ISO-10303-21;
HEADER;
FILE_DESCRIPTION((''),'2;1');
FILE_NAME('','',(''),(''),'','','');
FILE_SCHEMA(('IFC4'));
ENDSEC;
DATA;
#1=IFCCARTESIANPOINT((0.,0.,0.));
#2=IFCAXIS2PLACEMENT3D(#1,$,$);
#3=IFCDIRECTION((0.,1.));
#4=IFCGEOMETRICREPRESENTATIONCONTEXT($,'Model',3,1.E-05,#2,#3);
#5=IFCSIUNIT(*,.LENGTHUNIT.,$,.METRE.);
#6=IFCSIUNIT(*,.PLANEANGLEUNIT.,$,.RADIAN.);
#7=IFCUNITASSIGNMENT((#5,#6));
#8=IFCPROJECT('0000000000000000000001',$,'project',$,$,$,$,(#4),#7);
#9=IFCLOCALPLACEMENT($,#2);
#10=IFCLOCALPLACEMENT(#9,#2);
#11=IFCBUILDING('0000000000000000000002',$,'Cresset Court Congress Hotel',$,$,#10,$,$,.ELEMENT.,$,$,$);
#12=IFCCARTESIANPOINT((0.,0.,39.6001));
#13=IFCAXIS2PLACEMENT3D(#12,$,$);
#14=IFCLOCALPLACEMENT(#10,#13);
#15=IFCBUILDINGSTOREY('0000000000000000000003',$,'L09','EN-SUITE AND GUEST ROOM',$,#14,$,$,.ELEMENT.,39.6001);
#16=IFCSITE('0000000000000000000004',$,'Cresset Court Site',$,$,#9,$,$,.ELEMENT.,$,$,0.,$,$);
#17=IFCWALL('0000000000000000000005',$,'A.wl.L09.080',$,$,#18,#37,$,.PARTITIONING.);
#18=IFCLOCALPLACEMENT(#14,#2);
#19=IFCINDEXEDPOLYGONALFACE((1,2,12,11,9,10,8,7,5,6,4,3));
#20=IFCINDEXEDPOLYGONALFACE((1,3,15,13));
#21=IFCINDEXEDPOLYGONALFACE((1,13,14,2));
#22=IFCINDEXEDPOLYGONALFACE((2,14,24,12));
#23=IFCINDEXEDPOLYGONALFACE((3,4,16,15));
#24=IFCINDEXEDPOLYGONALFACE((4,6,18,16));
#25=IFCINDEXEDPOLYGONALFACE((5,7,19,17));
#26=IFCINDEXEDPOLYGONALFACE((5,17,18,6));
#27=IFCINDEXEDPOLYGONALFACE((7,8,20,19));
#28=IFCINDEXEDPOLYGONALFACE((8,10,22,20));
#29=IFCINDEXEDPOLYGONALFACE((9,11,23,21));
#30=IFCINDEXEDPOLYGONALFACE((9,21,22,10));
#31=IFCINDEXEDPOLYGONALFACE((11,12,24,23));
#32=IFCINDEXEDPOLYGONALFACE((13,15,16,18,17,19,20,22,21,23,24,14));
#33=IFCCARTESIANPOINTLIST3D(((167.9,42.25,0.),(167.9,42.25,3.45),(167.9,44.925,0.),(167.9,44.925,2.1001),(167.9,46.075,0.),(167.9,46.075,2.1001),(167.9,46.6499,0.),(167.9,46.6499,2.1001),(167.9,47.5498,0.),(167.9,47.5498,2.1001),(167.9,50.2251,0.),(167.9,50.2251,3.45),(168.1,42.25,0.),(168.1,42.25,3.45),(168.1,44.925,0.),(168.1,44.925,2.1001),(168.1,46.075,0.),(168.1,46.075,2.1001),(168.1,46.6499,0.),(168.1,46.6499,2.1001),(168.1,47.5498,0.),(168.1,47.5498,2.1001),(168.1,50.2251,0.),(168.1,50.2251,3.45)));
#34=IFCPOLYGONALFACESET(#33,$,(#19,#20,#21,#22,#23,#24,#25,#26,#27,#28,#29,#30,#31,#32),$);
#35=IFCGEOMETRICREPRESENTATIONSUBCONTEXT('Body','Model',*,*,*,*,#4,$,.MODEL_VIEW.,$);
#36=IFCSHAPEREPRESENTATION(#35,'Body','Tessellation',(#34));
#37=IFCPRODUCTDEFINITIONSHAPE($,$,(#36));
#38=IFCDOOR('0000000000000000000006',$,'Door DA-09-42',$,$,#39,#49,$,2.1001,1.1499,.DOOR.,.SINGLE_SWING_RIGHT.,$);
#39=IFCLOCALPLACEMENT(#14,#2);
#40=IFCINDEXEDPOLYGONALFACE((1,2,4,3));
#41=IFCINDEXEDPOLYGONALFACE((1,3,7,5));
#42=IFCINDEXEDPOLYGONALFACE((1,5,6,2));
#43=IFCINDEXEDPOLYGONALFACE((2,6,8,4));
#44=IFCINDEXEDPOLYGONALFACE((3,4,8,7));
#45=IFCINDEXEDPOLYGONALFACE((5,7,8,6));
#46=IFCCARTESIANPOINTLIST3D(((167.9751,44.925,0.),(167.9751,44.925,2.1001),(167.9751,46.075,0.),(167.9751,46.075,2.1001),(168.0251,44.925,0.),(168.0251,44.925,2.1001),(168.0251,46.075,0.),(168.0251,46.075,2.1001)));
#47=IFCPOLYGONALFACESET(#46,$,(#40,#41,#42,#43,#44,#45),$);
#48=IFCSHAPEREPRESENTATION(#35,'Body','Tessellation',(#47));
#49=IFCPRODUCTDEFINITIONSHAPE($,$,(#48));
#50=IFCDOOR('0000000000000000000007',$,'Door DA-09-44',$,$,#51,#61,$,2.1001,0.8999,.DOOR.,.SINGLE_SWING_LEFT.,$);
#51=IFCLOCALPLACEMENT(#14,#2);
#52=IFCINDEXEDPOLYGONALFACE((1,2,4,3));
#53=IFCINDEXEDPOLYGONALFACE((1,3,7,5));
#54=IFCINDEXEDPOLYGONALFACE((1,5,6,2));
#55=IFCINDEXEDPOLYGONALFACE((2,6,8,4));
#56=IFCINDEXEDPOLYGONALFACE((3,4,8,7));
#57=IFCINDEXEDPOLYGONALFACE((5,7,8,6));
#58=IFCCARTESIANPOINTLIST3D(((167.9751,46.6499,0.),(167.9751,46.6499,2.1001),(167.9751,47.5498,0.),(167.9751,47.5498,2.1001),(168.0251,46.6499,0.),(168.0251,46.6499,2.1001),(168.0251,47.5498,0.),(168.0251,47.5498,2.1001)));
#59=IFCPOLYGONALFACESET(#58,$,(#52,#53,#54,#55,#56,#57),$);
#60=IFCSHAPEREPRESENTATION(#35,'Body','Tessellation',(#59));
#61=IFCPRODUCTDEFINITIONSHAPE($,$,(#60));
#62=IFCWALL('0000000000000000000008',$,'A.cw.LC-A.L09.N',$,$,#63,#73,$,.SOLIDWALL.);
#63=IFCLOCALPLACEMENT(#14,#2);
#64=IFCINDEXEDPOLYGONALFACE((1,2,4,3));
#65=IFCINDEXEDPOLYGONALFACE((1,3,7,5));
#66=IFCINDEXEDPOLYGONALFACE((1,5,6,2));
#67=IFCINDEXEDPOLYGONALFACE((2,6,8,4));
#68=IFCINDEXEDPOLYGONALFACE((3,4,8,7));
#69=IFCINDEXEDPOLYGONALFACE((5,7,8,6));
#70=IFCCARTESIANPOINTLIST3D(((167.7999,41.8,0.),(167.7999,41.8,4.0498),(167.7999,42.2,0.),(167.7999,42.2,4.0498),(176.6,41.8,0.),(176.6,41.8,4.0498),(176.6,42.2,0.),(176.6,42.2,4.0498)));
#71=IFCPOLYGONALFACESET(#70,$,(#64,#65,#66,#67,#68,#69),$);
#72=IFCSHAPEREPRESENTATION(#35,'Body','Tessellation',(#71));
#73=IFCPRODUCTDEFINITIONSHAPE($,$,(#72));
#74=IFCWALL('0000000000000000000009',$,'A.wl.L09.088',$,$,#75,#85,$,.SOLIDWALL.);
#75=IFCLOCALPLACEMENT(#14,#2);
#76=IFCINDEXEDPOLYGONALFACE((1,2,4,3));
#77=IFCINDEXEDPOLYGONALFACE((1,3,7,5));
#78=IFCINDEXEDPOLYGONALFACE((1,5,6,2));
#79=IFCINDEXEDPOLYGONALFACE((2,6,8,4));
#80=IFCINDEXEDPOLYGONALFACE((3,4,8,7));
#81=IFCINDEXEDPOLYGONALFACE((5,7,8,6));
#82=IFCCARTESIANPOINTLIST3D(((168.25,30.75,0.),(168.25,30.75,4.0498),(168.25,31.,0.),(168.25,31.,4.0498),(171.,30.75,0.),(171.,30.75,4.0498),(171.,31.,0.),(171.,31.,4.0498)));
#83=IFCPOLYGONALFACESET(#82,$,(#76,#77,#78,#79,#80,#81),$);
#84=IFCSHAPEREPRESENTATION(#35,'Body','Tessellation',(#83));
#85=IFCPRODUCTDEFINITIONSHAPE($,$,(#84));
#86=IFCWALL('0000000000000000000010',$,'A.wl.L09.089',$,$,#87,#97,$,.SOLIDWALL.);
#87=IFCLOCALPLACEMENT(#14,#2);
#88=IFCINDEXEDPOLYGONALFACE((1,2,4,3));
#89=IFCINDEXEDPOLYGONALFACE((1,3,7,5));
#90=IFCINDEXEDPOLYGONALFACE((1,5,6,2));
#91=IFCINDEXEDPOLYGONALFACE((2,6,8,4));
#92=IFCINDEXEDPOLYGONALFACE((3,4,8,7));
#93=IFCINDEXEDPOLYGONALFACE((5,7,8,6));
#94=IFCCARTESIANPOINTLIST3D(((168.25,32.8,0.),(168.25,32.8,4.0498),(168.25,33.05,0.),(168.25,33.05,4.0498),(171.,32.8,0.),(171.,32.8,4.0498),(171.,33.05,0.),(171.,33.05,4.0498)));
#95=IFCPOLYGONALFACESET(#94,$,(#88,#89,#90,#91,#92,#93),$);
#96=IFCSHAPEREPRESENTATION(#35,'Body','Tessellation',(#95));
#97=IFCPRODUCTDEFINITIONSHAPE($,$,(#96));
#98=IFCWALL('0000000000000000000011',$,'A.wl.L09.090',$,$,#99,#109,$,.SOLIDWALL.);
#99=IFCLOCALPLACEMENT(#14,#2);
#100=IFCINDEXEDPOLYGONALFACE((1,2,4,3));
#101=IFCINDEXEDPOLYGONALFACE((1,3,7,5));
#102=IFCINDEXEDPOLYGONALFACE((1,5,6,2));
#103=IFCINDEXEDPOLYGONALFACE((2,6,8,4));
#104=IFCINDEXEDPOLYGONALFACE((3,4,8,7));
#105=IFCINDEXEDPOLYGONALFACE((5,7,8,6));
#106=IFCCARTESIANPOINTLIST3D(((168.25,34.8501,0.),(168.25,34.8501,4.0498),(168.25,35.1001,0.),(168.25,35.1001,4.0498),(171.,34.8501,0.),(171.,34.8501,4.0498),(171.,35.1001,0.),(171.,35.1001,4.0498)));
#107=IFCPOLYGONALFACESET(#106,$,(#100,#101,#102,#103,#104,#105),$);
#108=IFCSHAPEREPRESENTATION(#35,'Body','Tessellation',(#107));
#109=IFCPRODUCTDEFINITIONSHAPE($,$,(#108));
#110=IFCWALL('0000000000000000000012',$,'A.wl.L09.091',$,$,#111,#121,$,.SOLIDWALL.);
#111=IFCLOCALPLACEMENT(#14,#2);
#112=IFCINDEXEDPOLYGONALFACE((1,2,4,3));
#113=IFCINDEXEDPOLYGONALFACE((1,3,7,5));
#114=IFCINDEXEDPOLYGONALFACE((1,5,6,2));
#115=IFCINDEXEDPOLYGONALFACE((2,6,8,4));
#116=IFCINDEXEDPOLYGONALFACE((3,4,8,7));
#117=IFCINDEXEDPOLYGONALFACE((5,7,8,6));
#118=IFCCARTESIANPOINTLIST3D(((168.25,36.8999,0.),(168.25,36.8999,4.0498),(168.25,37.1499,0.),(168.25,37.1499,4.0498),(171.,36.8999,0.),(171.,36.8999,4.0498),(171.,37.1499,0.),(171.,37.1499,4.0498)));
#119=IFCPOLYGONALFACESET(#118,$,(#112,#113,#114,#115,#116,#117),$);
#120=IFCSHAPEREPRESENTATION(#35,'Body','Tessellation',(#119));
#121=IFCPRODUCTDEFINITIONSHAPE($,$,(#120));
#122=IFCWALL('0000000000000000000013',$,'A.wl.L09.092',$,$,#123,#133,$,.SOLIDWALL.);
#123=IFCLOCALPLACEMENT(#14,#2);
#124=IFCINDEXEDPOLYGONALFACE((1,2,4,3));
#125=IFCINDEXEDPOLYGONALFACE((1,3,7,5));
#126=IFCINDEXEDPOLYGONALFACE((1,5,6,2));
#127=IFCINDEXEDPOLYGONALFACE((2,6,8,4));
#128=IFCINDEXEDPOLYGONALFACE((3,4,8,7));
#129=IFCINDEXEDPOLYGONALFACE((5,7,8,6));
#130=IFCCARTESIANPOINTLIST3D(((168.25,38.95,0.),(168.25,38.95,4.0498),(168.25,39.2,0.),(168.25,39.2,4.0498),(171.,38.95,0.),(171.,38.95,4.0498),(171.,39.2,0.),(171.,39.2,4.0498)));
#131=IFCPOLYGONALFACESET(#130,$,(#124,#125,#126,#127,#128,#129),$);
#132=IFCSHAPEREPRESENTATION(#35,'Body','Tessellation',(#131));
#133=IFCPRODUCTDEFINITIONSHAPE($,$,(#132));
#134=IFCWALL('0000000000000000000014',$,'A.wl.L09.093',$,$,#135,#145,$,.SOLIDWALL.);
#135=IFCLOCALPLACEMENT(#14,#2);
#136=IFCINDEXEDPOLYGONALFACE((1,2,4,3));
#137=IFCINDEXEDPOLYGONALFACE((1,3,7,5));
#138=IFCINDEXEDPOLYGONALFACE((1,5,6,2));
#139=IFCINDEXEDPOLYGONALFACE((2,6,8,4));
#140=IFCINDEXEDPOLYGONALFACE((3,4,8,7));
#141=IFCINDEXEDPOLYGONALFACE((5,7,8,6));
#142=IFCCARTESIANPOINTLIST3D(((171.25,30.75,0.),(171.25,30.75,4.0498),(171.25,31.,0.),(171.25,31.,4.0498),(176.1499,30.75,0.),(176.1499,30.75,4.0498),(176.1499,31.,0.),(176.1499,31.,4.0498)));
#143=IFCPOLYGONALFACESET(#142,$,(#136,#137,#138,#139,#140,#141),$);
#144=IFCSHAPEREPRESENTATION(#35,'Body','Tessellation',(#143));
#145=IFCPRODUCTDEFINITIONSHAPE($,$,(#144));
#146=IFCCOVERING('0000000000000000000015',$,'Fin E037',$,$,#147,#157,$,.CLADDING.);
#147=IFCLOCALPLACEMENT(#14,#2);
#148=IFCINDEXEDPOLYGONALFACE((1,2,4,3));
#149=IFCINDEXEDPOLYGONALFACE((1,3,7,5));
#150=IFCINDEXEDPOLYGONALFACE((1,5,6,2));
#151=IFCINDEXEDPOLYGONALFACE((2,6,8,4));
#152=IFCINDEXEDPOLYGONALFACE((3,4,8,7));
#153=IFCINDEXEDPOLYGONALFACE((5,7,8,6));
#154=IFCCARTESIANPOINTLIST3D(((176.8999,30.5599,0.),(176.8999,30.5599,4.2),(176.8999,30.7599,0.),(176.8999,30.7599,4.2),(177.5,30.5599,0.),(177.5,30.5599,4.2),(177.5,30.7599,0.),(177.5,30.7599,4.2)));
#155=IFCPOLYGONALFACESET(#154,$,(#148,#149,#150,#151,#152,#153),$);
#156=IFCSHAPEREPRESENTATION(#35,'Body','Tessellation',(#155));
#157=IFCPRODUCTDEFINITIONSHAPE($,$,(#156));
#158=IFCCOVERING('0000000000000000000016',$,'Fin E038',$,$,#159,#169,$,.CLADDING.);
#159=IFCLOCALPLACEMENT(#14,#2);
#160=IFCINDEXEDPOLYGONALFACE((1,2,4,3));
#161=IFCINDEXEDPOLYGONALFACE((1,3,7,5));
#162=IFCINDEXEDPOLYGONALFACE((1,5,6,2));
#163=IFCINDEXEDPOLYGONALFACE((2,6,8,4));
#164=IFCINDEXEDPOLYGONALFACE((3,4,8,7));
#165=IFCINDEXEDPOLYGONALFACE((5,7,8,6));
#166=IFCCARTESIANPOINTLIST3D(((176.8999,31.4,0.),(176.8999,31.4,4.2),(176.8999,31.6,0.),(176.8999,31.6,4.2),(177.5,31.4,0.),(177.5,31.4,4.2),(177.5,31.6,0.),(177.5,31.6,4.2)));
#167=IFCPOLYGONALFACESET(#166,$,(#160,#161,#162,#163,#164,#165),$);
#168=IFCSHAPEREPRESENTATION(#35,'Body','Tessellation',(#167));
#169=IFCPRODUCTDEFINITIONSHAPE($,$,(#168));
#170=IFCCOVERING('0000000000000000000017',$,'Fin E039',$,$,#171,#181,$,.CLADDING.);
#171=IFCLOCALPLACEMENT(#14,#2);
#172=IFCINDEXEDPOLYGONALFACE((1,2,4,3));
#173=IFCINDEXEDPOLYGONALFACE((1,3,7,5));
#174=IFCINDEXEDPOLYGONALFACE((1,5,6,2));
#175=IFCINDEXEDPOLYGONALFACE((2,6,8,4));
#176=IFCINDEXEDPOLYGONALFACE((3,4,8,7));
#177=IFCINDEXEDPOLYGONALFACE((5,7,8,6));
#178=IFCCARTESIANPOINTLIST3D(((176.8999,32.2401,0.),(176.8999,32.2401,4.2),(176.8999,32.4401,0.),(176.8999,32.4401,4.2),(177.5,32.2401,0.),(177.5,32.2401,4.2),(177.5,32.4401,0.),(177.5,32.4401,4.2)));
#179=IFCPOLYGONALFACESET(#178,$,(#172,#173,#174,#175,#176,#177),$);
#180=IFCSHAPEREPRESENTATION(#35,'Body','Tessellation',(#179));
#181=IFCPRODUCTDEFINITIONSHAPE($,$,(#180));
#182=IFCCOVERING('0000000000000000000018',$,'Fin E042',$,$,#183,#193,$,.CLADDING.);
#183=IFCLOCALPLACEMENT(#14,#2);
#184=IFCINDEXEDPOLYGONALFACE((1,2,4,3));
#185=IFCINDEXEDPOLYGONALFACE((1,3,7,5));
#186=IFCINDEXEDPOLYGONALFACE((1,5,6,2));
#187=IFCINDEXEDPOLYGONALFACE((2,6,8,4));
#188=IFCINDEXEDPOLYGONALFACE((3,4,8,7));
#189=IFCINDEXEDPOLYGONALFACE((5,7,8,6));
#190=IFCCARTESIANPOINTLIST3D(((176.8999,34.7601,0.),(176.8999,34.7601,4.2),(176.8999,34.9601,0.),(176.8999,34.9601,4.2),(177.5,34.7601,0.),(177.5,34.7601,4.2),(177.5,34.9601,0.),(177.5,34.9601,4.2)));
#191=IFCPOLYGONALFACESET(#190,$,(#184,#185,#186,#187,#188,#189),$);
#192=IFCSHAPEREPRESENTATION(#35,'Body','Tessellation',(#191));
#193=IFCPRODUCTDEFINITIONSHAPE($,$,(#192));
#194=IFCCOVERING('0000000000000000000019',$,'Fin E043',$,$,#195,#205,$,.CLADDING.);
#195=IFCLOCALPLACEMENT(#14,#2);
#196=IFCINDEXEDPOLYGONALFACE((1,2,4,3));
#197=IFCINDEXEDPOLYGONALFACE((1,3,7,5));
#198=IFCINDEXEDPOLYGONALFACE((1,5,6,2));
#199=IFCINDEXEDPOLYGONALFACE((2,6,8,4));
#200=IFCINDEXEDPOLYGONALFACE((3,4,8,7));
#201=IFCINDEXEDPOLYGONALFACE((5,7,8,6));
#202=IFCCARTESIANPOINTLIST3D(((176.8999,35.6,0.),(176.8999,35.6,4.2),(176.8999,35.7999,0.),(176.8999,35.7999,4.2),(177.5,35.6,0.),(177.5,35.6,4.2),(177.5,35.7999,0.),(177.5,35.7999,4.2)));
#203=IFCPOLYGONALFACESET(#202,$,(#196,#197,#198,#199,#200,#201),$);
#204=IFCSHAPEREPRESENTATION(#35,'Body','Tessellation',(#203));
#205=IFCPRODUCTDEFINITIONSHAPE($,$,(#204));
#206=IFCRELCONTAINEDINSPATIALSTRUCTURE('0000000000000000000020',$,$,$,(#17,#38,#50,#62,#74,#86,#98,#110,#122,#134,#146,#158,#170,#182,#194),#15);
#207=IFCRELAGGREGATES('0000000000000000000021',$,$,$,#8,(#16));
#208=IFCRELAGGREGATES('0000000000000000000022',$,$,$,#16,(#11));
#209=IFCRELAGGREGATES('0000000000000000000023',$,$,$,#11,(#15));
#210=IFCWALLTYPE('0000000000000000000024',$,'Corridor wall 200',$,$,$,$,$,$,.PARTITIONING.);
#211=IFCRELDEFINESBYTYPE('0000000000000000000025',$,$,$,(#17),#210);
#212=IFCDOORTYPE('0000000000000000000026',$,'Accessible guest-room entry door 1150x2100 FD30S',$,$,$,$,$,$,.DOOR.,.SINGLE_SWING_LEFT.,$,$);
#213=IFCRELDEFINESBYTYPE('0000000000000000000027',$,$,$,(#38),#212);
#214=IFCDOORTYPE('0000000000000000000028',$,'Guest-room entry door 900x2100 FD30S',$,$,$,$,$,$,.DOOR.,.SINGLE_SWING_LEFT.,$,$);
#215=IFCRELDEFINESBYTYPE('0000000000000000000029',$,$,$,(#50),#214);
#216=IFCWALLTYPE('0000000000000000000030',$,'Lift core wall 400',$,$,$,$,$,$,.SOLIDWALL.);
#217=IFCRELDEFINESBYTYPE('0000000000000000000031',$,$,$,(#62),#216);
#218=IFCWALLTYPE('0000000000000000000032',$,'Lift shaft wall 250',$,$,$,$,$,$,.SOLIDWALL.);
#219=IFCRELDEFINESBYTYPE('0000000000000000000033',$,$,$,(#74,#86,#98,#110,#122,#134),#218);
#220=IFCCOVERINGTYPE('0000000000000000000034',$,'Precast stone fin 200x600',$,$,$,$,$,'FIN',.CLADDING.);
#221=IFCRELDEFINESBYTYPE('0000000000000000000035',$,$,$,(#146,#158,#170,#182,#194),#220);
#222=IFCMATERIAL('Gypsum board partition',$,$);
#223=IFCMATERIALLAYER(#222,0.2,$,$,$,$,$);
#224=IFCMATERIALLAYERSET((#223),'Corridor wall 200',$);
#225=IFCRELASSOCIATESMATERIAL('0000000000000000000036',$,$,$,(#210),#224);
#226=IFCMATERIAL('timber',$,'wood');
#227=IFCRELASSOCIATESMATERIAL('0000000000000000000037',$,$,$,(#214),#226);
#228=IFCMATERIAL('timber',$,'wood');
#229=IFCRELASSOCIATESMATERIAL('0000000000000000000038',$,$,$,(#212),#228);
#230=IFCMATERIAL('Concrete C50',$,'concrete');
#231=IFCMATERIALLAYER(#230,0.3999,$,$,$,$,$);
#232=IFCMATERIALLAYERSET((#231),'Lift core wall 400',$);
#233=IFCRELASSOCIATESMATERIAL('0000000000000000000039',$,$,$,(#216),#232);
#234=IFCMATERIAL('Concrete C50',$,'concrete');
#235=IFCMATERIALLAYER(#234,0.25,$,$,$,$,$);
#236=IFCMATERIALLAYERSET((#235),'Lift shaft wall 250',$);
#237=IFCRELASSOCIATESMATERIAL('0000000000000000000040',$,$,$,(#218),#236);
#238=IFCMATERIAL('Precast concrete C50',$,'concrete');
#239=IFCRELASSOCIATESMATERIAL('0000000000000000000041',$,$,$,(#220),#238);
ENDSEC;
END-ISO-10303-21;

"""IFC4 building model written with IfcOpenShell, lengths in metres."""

from ifc_helpers import new_model, si_unit, direction, frame, frame_2d, origin, origin_2d, place, context, subcontext, project, spatial, rectangle, extrude, material, layer, layer_set, type_object, element, fill, save


model = new_model("IFC4")

# Units and contexts
model_context = context("Model", 3, precision=1e-05, world=origin(), true_north=direction((0.0, 1.0)))
body_context = subcontext(model_context, "Body", "Model", "MODEL_VIEW")
ifc_project = project(units=[si_unit("LENGTHUNIT", "METRE"), si_unit("PLANEANGLEUNIT", "RADIAN")], contexts=[model_context])

# Site, building, storey
site_placement = place(None, origin())
site = spatial("IfcSite", under=ifc_project, at=site_placement, Name="Cresset Court Site", CompositionType="ELEMENT", RefElevation=0.0)
building_placement = place(site_placement, origin())
building = spatial("IfcBuilding", under=site, at=building_placement, Name="Cresset Court Congress Hotel", CompositionType="ELEMENT")
storey_placement = place(building_placement, frame((0.0, 0.0, 39.6001)))
storey = spatial("IfcBuildingStorey", under=building, at=storey_placement, Name="L09", Description="EN-SUITE AND GUEST ROOM", CompositionType="ELEMENT", Elevation=39.6001)

# Wall, openings, doors
ifc_material_1 = material(Name="Gypsum board partition")
ifc_layer_1 = layer(ifc_material_1, 0.2)
ifc_layer_set_1 = layer_set([ifc_layer_1], Name="Corridor wall 200")
wall_type_1 = type_object("IfcWallType", Name="Corridor wall 200", PredefinedType="PARTITIONING", material=ifc_layer_set_1)
ifc_material_2 = material(Name="timber", Category="wood")
door_type_1 = type_object("IfcDoorType", Name="Guest-room entry door 900x2100 FD30S", OperationType="SINGLE_SWING_LEFT", PredefinedType="DOOR", material=ifc_material_2)
wall_1_placement = place(storey_placement, frame((168.0, 42.25, 0.0), z_axis=(0.0, 0.0, 1.0), x_axis=(0.0, 1.0, 0.0)))
wall_1 = element("IfcWall", 1, at=wall_1_placement, inside=storey, type_object=wall_type_1, Name="A.wl.L09.080", PredefinedType="PARTITIONING", context=body_context, shape_type="SweptSolid", body=[
    extrude(rectangle(XDim=7.9751, YDim=0.2, at=frame_2d((3.9875, 0.0))), origin(), (0.0, 0.0, 1.0), 3.45),
])
opening_1_placement = place(wall_1_placement, frame((2.675, 0.0, 0.0)))
opening_1 = element("IfcOpeningElement", 2, at=opening_1_placement, cuts=wall_1, PredefinedType="OPENING", context=body_context, shape_type="SweptSolid", body=[
    extrude(rectangle(XDim=1.1499, YDim=2.1001, at=frame_2d((0.575, 1.05))), frame((0.0, 0.1099, 0.0), z_axis=(0.0, -1.0, 0.0), x_axis=(1.0, 0.0, 0.0)), (0.0, 0.0, 1.0), 0.22),
])
opening_2_placement = place(wall_1_placement, frame((4.3999, 0.0, 0.0)))
opening_2 = element("IfcOpeningElement", 3, at=opening_2_placement, cuts=wall_1, PredefinedType="OPENING", context=body_context, shape_type="SweptSolid", body=[
    extrude(rectangle(XDim=0.8999, YDim=2.1001, at=frame_2d((0.45, 1.05))), frame((0.0, 0.1099, 0.0), z_axis=(0.0, -1.0, 0.0), x_axis=(1.0, 0.0, 0.0)), (0.0, 0.0, 1.0), 0.22),
])
ifc_material_3 = material(Name="timber", Category="wood")
door_type_2 = type_object("IfcDoorType", Name="Accessible guest-room entry door 1150x2100 FD30S", OperationType="SINGLE_SWING_LEFT", PredefinedType="DOOR", material=ifc_material_3)
door_1_placement = place(opening_1_placement, origin())
door_1 = element("IfcDoor", 4, at=door_1_placement, inside=storey, type_object=door_type_2, Name="Door DA-09-42", OperationType="SINGLE_SWING_RIGHT", OverallHeight=2.1001, OverallWidth=1.1499, PredefinedType="DOOR", context=body_context, shape_type="SweptSolid", body=[
    extrude(rectangle(XDim=1.1499, YDim=2.1001, at=frame_2d((0.575, 1.05))), frame((0.0, 0.0249, 0.0), z_axis=(0.0, -1.0, 0.0), x_axis=(1.0, 0.0, 0.0)), (0.0, 0.0, 1.0), 0.05),
])
fill(opening_1, door_1)
door_2_placement = place(opening_2_placement, origin())
door_2 = element("IfcDoor", 5, at=door_2_placement, inside=storey, type_object=door_type_1, Name="Door DA-09-44", OperationType="SINGLE_SWING_LEFT", OverallHeight=2.1001, OverallWidth=0.8999, PredefinedType="DOOR", context=body_context, shape_type="SweptSolid", body=[
    extrude(rectangle(XDim=0.8999, YDim=2.1001, at=frame_2d((0.45, 1.05))), frame((0.0, 0.0249, 0.0), z_axis=(0.0, -1.0, 0.0), x_axis=(1.0, 0.0, 0.0)), (0.0, 0.0, 1.0), 0.05),
])
fill(opening_2, door_2)

# Walls
ifc_material_4 = material(Name="Concrete C50", Category="concrete")
ifc_layer_2 = layer(ifc_material_4, 0.3999)
ifc_layer_set_2 = layer_set([ifc_layer_2], Name="Lift core wall 400")
wall_type_2 = type_object("IfcWallType", Name="Lift core wall 400", PredefinedType="SOLIDWALL", material=ifc_layer_set_2)
wall_2_placement = place(storey_placement, frame((167.8, 42.0, 0.0), z_axis=(0.0, 0.0, 1.0), x_axis=(1.0, 0.0, 0.0)))
element("IfcWall", 6, at=wall_2_placement, inside=storey, type_object=wall_type_2, Name="A.cw.LC-A.L09.N", PredefinedType="SOLIDWALL", context=body_context, shape_type="SweptSolid", body=[
    extrude(rectangle(XDim=8.8, YDim=0.3999, at=frame_2d((4.3999, 0.0))), origin(), (0.0, 0.0, 1.0), 4.0498),
])
ifc_material_5 = material(Name="Concrete C50", Category="concrete")
ifc_layer_3 = layer(ifc_material_5, 0.25)
ifc_layer_set_3 = layer_set([ifc_layer_3], Name="Lift shaft wall 250")
wall_type_3 = type_object("IfcWallType", Name="Lift shaft wall 250", PredefinedType="SOLIDWALL", material=ifc_layer_set_3)
for number, where, z_axis, x_axis, name in (
    (7, (168.25, 30.875, 0.0), (0.0, 0.0, 1.0), (1.0, 0.0, 0.0), "A.wl.L09.088"),
    (8, (168.25, 32.925, 0.0), (0.0, 0.0, 1.0), (1.0, 0.0, 0.0), "A.wl.L09.089"),
    (9, (168.25, 34.9751, 0.0), (0.0, 0.0, 1.0), (1.0, 0.0, 0.0), "A.wl.L09.090"),
    (10, (168.25, 37.0249, 0.0), (0.0, 0.0, 1.0), (1.0, 0.0, 0.0), "A.wl.L09.091"),
    (11, (168.25, 39.075, 0.0), (0.0, 0.0, 1.0), (1.0, 0.0, 0.0), "A.wl.L09.092"),
):
    element("IfcWall", number, at=place(storey_placement, frame(where, z_axis=z_axis, x_axis=x_axis)), inside=storey, type_object=wall_type_3, Name=name, PredefinedType="SOLIDWALL", context=body_context, shape_type="SweptSolid", body=[
        extrude(rectangle(XDim=2.75, YDim=0.25, at=frame_2d((1.375, 0.0))), origin(), (0.0, 0.0, 1.0), 4.0498),
    ])
wall_3_placement = place(storey_placement, frame((171.25, 30.875, 0.0), z_axis=(0.0, 0.0, 1.0), x_axis=(1.0, 0.0, 0.0)))
element("IfcWall", 12, at=wall_3_placement, inside=storey, type_object=wall_type_3, Name="A.wl.L09.093", PredefinedType="SOLIDWALL", context=body_context, shape_type="SweptSolid", body=[
    extrude(rectangle(XDim=4.8999, YDim=0.25, at=frame_2d((2.45, 0.0))), origin(), (0.0, 0.0, 1.0), 4.0498),
])

# Coverings
ifc_material_6 = material(Name="Precast concrete C50", Category="concrete")
covering_type_1 = type_object("IfcCoveringType", Name="Precast stone fin 200x600", ElementType="FIN", PredefinedType="CLADDING", material=ifc_material_6)
for number, where, z_axis, x_axis, name in (
    (13, (177.2, 30.6599, 0.0), (0.0, 0.0, 1.0), (1.0, 0.0, 0.0), "Fin E037"),
    (14, (177.2, 31.5, 0.0), (0.0, 0.0, 1.0), (1.0, 0.0, 0.0), "Fin E038"),
    (15, (177.2, 32.3401, 0.0), (0.0, 0.0, 1.0), (1.0, 0.0, 0.0), "Fin E039"),
    (16, (177.2, 34.8601, 0.0), (0.0, 0.0, 1.0), (1.0, 0.0, 0.0), "Fin E042"),
    (17, (177.2, 35.7, 0.0), (0.0, 0.0, 1.0), (1.0, 0.0, 0.0), "Fin E043"),
):
    element("IfcCovering", number, at=place(storey_placement, frame(where, z_axis=z_axis, x_axis=x_axis)), inside=storey, type_object=covering_type_1, Name=name, PredefinedType="CLADDING", context=body_context, shape_type="SweptSolid", body=[
        extrude(rectangle(XDim=0.6001, YDim=0.2, at=origin_2d()), origin(), (0.0, 0.0, 1.0), 4.2),
    ])

save(model, "model.ifc")
